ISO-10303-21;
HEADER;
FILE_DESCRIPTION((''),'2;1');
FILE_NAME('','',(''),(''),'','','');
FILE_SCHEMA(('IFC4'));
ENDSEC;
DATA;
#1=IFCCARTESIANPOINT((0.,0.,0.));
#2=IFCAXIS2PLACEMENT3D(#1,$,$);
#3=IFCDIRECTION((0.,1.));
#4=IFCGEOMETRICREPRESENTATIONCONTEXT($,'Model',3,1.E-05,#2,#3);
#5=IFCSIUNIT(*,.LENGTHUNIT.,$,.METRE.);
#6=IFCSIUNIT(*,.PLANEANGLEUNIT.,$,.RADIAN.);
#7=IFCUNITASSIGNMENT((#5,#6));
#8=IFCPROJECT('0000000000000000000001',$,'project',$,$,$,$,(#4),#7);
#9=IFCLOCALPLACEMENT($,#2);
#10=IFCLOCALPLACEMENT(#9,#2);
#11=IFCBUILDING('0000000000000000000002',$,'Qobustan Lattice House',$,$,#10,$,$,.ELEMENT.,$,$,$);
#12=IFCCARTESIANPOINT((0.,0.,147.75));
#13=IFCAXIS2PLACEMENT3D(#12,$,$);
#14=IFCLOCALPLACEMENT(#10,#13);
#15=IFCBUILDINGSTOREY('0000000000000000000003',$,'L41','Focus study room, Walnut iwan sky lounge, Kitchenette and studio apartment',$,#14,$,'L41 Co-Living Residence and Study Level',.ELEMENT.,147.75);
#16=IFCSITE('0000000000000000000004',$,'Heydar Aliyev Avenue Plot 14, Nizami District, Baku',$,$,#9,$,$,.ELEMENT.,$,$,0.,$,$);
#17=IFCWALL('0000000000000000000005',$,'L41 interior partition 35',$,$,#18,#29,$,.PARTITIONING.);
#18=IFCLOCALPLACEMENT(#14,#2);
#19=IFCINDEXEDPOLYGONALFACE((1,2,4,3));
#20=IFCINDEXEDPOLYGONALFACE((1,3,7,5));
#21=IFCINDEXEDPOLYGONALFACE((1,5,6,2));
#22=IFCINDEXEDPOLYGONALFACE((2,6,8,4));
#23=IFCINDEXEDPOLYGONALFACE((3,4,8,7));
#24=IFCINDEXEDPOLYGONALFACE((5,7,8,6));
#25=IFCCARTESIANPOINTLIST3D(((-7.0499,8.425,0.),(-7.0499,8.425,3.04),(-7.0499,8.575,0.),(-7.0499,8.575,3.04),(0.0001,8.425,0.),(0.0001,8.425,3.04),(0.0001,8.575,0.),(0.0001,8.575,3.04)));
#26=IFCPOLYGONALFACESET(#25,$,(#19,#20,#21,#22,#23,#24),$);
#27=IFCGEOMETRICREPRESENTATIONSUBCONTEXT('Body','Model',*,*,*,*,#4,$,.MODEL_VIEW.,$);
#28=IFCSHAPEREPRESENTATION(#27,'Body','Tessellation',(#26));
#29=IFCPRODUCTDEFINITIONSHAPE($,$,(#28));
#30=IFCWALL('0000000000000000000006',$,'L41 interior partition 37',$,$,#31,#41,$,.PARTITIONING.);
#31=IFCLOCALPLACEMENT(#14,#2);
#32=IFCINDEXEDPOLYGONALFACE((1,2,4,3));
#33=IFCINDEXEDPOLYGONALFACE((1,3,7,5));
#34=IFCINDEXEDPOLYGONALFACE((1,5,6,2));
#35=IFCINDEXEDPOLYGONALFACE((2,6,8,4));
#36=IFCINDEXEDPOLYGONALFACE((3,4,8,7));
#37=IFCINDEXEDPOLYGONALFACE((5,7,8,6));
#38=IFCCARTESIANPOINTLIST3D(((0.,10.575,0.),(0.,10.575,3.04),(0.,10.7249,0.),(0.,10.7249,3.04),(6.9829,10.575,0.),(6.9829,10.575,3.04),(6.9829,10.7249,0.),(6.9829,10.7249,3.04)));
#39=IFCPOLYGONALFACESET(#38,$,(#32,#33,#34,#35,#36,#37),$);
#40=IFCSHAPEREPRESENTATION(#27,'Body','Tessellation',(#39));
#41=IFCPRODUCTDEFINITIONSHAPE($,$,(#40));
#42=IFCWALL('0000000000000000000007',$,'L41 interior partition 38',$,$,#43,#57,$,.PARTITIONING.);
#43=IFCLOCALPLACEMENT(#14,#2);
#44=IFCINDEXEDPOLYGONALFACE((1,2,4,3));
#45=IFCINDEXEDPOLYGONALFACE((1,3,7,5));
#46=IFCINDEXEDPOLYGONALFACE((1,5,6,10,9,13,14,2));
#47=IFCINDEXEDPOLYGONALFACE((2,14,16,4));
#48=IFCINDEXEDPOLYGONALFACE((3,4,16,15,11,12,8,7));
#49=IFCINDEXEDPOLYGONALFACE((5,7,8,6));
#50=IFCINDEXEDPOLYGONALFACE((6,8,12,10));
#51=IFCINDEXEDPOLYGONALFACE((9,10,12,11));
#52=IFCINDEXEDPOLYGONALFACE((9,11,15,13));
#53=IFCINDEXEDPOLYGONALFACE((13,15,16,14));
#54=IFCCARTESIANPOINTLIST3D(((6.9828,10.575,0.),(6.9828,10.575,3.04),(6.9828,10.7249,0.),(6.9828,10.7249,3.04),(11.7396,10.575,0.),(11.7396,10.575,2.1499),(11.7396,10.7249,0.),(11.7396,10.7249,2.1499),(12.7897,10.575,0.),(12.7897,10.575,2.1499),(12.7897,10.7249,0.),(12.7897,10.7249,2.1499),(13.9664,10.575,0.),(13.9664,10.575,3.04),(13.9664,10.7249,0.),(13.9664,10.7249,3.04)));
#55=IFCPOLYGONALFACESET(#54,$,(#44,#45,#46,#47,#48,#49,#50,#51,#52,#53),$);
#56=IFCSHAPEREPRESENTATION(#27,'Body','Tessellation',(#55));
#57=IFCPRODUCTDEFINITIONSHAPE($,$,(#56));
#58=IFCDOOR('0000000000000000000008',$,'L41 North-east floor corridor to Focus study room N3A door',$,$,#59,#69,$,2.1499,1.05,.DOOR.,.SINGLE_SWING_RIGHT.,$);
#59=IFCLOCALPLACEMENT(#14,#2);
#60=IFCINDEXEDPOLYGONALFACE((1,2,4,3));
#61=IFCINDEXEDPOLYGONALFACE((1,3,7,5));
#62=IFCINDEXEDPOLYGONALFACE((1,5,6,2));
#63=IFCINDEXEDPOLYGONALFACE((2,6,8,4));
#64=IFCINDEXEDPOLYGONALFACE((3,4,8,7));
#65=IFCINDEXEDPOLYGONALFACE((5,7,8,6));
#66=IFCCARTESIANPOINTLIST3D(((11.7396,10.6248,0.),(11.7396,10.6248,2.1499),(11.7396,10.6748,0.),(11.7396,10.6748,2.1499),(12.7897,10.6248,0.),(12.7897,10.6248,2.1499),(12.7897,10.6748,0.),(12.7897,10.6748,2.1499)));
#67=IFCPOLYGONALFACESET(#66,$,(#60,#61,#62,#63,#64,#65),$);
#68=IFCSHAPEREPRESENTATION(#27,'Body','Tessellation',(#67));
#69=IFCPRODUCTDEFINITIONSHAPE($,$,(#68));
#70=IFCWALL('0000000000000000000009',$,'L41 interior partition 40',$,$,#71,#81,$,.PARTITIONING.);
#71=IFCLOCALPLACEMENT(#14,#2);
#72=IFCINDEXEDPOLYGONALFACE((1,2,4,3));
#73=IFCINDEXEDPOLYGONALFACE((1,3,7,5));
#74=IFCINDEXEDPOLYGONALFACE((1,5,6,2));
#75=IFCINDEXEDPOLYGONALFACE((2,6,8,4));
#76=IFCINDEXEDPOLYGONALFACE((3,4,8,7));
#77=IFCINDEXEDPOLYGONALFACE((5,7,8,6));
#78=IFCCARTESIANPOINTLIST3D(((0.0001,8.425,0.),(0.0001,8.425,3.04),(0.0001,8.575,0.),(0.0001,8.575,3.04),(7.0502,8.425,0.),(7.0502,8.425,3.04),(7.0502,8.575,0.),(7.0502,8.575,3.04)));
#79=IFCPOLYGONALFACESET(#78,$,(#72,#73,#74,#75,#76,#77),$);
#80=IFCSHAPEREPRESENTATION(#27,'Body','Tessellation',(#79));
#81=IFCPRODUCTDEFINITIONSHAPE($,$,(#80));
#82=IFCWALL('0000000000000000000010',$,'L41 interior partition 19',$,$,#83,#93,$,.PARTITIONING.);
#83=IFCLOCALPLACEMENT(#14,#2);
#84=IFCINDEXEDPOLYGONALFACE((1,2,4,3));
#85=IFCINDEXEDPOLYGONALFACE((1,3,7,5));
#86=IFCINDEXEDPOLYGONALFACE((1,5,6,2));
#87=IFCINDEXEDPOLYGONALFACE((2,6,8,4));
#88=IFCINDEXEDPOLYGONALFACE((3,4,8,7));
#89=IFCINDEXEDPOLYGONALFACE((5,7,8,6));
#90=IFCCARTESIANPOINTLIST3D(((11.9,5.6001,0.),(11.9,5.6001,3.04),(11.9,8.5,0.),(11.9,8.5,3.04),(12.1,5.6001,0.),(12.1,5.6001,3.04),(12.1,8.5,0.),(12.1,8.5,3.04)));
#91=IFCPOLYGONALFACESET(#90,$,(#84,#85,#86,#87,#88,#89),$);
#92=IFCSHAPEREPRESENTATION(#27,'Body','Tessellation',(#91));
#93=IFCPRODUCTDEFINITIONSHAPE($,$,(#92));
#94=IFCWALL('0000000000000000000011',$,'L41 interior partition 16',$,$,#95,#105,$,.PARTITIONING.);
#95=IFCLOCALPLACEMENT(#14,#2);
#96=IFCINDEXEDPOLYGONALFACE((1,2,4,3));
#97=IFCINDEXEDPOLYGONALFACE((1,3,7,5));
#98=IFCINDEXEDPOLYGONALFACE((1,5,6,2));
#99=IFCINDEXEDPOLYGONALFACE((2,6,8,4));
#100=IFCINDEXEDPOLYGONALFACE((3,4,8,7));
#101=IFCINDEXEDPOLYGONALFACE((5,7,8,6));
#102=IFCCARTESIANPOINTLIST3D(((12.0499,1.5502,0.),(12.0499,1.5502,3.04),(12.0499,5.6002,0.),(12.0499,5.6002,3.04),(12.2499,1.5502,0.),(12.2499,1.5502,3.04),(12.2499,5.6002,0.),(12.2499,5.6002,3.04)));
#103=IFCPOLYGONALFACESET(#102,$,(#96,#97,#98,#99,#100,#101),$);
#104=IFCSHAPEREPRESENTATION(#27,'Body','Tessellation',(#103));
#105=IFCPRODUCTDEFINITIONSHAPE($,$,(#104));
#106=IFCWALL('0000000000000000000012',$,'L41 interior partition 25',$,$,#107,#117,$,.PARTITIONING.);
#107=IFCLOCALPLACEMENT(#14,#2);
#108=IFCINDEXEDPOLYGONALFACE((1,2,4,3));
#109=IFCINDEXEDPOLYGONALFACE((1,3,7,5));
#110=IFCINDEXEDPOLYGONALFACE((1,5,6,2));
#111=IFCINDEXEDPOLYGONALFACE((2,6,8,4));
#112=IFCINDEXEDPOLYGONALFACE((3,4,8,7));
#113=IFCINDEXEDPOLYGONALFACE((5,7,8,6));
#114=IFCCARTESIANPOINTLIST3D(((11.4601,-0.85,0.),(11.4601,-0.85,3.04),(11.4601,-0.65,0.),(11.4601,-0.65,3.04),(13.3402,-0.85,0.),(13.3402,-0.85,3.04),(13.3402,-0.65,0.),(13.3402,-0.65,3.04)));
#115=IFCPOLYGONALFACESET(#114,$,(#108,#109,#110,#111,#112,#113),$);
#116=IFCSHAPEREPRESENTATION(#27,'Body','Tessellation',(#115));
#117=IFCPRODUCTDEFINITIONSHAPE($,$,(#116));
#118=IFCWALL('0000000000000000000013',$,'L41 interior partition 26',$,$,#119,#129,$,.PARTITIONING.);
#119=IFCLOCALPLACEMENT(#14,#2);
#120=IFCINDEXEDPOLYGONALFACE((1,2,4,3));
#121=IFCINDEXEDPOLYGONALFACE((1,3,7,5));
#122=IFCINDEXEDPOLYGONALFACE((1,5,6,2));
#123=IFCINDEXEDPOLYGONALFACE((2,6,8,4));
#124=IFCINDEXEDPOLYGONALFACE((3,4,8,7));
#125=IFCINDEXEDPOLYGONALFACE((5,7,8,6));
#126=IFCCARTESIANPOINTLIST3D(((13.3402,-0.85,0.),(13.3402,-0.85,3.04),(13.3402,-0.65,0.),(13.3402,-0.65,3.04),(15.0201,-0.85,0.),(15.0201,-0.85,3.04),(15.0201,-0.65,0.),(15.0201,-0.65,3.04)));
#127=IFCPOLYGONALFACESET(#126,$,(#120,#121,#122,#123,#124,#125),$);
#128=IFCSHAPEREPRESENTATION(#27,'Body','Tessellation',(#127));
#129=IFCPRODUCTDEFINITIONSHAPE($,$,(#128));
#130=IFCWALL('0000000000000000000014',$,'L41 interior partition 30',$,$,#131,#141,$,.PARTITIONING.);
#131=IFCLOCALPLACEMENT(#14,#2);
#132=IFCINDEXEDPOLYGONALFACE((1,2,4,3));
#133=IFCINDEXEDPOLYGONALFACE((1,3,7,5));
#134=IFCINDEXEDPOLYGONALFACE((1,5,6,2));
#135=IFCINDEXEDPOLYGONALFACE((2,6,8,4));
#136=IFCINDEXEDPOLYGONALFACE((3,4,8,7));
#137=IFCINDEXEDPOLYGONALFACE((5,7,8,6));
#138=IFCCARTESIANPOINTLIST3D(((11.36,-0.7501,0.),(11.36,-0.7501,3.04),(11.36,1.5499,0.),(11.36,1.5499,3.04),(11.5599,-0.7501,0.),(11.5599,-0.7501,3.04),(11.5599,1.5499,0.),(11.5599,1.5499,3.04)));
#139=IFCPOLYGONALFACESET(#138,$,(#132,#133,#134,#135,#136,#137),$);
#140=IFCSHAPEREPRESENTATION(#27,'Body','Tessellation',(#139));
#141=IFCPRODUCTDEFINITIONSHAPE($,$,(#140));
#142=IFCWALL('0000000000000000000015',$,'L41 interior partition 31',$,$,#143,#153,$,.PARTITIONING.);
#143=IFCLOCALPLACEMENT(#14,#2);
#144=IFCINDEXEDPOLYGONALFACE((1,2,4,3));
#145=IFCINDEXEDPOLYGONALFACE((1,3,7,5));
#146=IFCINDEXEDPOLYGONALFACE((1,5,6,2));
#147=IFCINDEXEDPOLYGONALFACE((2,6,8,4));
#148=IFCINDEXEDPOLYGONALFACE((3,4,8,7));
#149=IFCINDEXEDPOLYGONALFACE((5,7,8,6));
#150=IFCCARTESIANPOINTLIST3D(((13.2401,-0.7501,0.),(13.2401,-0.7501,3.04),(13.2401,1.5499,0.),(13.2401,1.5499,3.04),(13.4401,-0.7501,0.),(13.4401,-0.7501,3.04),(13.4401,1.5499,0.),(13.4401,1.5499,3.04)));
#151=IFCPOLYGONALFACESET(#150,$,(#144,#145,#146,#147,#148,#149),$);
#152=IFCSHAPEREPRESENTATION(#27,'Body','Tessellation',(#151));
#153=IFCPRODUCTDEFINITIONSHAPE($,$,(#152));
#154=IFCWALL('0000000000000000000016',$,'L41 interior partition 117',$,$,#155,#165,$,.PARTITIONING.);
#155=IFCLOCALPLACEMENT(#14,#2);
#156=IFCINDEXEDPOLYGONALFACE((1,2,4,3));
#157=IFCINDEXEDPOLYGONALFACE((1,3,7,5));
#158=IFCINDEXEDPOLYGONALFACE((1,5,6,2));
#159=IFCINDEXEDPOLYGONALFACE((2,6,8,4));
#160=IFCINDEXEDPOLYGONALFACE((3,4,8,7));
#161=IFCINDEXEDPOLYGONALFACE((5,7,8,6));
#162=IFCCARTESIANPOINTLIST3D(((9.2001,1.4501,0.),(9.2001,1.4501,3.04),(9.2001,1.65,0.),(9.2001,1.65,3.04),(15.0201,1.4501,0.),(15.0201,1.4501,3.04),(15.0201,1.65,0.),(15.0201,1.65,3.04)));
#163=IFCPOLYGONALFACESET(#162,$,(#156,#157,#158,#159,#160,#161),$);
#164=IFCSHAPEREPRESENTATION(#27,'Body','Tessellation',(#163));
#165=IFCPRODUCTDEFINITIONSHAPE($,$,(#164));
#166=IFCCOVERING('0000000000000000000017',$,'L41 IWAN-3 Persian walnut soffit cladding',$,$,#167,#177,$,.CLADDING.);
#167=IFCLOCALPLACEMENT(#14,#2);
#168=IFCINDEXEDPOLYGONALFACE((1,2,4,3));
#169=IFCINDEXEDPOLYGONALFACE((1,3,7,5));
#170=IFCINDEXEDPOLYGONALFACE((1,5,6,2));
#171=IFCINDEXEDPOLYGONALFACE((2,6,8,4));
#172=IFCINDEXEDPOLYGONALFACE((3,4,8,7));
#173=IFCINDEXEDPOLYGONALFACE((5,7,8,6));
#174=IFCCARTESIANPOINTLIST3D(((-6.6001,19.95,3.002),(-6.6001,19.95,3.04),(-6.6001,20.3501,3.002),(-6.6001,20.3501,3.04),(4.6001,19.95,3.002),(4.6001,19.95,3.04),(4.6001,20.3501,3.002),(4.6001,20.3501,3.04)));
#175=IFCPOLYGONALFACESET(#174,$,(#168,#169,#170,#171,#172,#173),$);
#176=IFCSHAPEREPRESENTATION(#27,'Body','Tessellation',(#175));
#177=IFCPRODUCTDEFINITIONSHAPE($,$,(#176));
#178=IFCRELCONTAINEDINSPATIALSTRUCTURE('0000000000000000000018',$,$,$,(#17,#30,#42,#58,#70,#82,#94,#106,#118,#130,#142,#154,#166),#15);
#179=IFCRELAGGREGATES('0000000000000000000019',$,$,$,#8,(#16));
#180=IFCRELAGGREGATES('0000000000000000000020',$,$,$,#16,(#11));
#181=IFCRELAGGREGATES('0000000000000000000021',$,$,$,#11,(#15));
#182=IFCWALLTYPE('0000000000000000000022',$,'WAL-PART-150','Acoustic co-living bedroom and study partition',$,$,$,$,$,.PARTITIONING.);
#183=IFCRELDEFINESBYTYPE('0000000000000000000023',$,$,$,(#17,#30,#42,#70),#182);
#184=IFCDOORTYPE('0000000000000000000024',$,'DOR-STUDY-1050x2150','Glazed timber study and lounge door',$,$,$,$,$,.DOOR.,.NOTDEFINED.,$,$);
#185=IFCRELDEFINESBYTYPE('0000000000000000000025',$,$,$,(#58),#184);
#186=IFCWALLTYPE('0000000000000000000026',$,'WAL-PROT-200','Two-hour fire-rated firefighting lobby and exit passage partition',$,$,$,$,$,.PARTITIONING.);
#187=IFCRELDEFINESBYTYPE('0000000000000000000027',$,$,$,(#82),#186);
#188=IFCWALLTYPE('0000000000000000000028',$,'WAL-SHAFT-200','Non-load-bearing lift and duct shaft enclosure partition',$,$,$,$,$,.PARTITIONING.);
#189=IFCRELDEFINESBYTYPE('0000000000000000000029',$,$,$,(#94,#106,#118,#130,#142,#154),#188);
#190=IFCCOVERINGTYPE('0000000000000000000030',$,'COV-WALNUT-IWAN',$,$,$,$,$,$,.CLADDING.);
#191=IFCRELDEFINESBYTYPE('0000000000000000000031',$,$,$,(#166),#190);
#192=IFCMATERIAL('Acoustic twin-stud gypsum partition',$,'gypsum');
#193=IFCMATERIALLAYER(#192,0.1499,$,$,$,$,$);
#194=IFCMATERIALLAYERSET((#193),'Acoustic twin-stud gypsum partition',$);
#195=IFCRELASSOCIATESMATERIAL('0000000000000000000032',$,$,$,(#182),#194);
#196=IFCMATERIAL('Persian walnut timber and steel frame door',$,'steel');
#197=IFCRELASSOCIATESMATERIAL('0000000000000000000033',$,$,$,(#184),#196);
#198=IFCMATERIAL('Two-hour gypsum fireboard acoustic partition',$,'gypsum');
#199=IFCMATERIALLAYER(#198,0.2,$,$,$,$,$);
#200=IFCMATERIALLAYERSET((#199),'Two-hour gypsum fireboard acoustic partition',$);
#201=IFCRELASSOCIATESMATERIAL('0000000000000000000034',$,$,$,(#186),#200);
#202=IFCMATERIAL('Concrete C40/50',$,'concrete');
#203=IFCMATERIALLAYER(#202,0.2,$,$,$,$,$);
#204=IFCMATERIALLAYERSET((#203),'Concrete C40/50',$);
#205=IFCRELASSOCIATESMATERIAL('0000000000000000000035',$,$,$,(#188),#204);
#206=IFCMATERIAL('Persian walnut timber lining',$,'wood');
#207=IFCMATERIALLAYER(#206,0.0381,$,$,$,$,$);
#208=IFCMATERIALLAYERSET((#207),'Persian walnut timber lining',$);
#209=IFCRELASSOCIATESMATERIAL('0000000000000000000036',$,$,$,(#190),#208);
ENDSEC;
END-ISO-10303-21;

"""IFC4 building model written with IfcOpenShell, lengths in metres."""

from ifc_helpers import new_model, si_unit, direction, frame, frame_2d, origin, place, context, subcontext, project, spatial, polyline, rectangle, outline, extrude, material, layer, layer_set, type_object, element, fill, save


model = new_model("IFC4")

# Units and contexts
model_context = context("Model", 3, precision=1e-05, world=origin(), true_north=direction((0.0, 1.0)))
body_context = subcontext(model_context, "Body", "Model", "MODEL_VIEW")
ifc_project = project(units=[si_unit("LENGTHUNIT", "METRE"), si_unit("PLANEANGLEUNIT", "RADIAN")], contexts=[model_context])

# Site, building, storey
site_placement = place(None, origin())
site = spatial("IfcSite", under=ifc_project, at=site_placement, Name="Heydar Aliyev Avenue Plot 14, Nizami District, Baku", CompositionType="ELEMENT", RefElevation=0.0)
building_placement = place(site_placement, origin())
building = spatial("IfcBuilding", under=site, at=building_placement, Name="Qobustan Lattice House", CompositionType="ELEMENT")
storey_placement = place(building_placement, frame((0.0, 0.0, 147.75)))
storey = spatial("IfcBuildingStorey", under=building, at=storey_placement, Name="L41", Description="Focus study room, Walnut iwan sky lounge, Kitchenette and studio apartment", LongName="L41 Co-Living Residence and Study Level", CompositionType="ELEMENT", Elevation=147.75)

# Walls
ifc_material_1 = material(Name="Acoustic twin-stud gypsum partition", Category="gypsum")
ifc_layer_1 = layer(ifc_material_1, 0.1499)
ifc_layer_set_1 = layer_set([ifc_layer_1], Name="Acoustic twin-stud gypsum partition")
wall_type_1 = type_object("IfcWallType", Name="WAL-PART-150", Description="Acoustic co-living bedroom and study partition", PredefinedType="PARTITIONING", material=ifc_layer_set_1)
wall_1_placement = place(storey_placement, frame((0.0, 8.5, 0.0), z_axis=(0.0, 0.0, 1.0), x_axis=(-1.0, 0.0, 0.0)))
element("IfcWall", 1, at=wall_1_placement, inside=storey, type_object=wall_type_1, Name="L41 interior partition 35", PredefinedType="PARTITIONING", context=body_context, shape_type="SweptSolid", body=[
    extrude(rectangle(XDim=7.05, YDim=0.1499, at=frame_2d((3.5249, 0.0))), origin(), (0.0, 0.0, 1.0), 3.04),
])
wall_2_placement = place(storey_placement, frame((0.0, 10.6499, 0.0), z_axis=(0.0, 0.0, 1.0), x_axis=(1.0, 0.0, 0.0)))
element("IfcWall", 2, at=wall_2_placement, inside=storey, type_object=wall_type_1, Name="L41 interior partition 37", PredefinedType="PARTITIONING", context=body_context, shape_type="SweptSolid", body=[
    extrude(rectangle(XDim=6.9829, YDim=0.1499, at=frame_2d((3.4915, 0.0))), origin(), (0.0, 0.0, 1.0), 3.04),
])

# Wall, opening, door
wall_3_placement = place(storey_placement, frame((6.9829, 10.6499, 0.0), z_axis=(0.0, 0.0, 1.0), x_axis=(1.0, 0.0, 0.0)))
wall_3 = element("IfcWall", 3, at=wall_3_placement, inside=storey, type_object=wall_type_1, Name="L41 interior partition 38", PredefinedType="PARTITIONING", context=body_context, shape_type="SweptSolid", body=[
    extrude(rectangle(XDim=6.9836, YDim=0.1499, at=frame_2d((3.4917, 0.0))), origin(), (0.0, 0.0, 1.0), 3.04),
])
opening_1_placement = place(wall_3_placement, frame((4.7568, 0.0, 0.0)))
opening_1 = element("IfcOpeningElement", 4, at=opening_1_placement, cuts=wall_3, PredefinedType="OPENING", context=body_context, shape_type="SweptSolid", body=[
    extrude(rectangle(XDim=1.05, YDim=2.1499, at=frame_2d((0.5249, 1.075))), frame((0.0, 0.085, 0.0), z_axis=(0.0, -1.0, 0.0), x_axis=(1.0, 0.0, 0.0)), (0.0, 0.0, 1.0), 0.1699),
])
ifc_material_2 = material(Name="Persian walnut timber and steel frame door", Category="steel")
door_type_1 = type_object("IfcDoorType", Name="DOR-STUDY-1050x2150", Description="Glazed timber study and lounge door", OperationType="NOTDEFINED", PredefinedType="DOOR", material=ifc_material_2)
door_1_placement = place(opening_1_placement, origin())
door_1 = element("IfcDoor", 5, at=door_1_placement, inside=storey, type_object=door_type_1, Name="L41 North-east floor corridor to Focus study room N3A door", OperationType="SINGLE_SWING_RIGHT", OverallHeight=2.1499, OverallWidth=1.05, PredefinedType="DOOR", context=body_context, shape_type="SweptSolid", body=[
    extrude(rectangle(XDim=1.05, YDim=2.1499, at=frame_2d((0.5249, 1.075))), frame((0.0, 0.0249, 0.0), z_axis=(0.0, -1.0, 0.0), x_axis=(1.0, 0.0, 0.0)), (0.0, 0.0, 1.0), 0.05),
])
fill(opening_1, door_1)

# Walls
wall_4_placement = place(storey_placement, frame((7.05, 8.5, 0.0), z_axis=(0.0, 0.0, 1.0), x_axis=(-1.0, 0.0, 0.0)))
element("IfcWall", 6, at=wall_4_placement, inside=storey, type_object=wall_type_1, Name="L41 interior partition 40", PredefinedType="PARTITIONING", context=body_context, shape_type="SweptSolid", body=[
    extrude(rectangle(XDim=7.05, YDim=0.1499, at=frame_2d((3.5249, 0.0))), origin(), (0.0, 0.0, 1.0), 3.04),
])
ifc_material_3 = material(Name="Two-hour gypsum fireboard acoustic partition", Category="gypsum")
ifc_layer_2 = layer(ifc_material_3, 0.2)
ifc_layer_set_2 = layer_set([ifc_layer_2], Name="Two-hour gypsum fireboard acoustic partition")
wall_type_2 = type_object("IfcWallType", Name="WAL-PROT-200", Description="Two-hour fire-rated firefighting lobby and exit passage partition", PredefinedType="PARTITIONING", material=ifc_layer_set_2)
wall_5_placement = place(storey_placement, frame((12.0, 8.5, 0.0), z_axis=(0.0, 0.0, 1.0), x_axis=(0.0, -1.0, 0.0)))
element("IfcWall", 7, at=wall_5_placement, inside=storey, type_object=wall_type_2, Name="L41 interior partition 19", PredefinedType="PARTITIONING", context=body_context, shape_type="SweptSolid", body=[
    extrude(rectangle(XDim=2.8999, YDim=0.2, at=frame_2d((1.45, 0.0))), origin(), (0.0, 0.0, 1.0), 3.04),
])
ifc_material_4 = material(Name="Concrete C40/50", Category="concrete")
ifc_layer_3 = layer(ifc_material_4, 0.2)
ifc_layer_set_3 = layer_set([ifc_layer_3], Name="Concrete C40/50")
wall_type_3 = type_object("IfcWallType", Name="WAL-SHAFT-200", Description="Non-load-bearing lift and duct shaft enclosure partition", PredefinedType="PARTITIONING", material=ifc_layer_set_3)
wall_6_placement = place(storey_placement, frame((12.1499, 5.6001, 0.0), z_axis=(0.0, 0.0, 1.0), x_axis=(0.0, -1.0, 0.0)))
element("IfcWall", 8, at=wall_6_placement, inside=storey, type_object=wall_type_3, Name="L41 interior partition 16", PredefinedType="PARTITIONING", context=body_context, shape_type="SweptSolid", body=[
    extrude(rectangle(XDim=4.05, YDim=0.2, at=frame_2d((2.0249, 0.0))), origin(), (0.0, 0.0, 1.0), 3.04),
])
wall_7_placement = place(storey_placement, frame((13.3401, -0.75, 0.0), z_axis=(0.0, 0.0, 1.0), x_axis=(-1.0, 0.0, 0.0)))
element("IfcWall", 9, at=wall_7_placement, inside=storey, type_object=wall_type_3, Name="L41 interior partition 25", PredefinedType="PARTITIONING", context=body_context, shape_type="SweptSolid", body=[
    extrude(rectangle(XDim=1.8801, YDim=0.2, at=frame_2d((0.9399, 0.0))), origin(), (0.0, 0.0, 1.0), 3.04),
])
wall_8_placement = place(storey_placement, frame((15.02, -0.75, 0.0), z_axis=(0.0, 0.0, 1.0), x_axis=(-1.0, 0.0, 0.0)))
element("IfcWall", 10, at=wall_8_placement, inside=storey, type_object=wall_type_3, Name="L41 interior partition 26", PredefinedType="PARTITIONING", context=body_context, shape_type="SweptSolid", body=[
    extrude(rectangle(XDim=1.6799, YDim=0.2, at=frame_2d((0.8398, 0.0))), origin(), (0.0, 0.0, 1.0), 3.04),
])
for number, where, z_axis, x_axis, name in (
    (11, (11.46, -0.75, 0.0), (0.0, 0.0, 1.0), (0.0, 1.0, 0.0), "L41 interior partition 30"),
    (12, (13.3401, -0.75, 0.0), (0.0, 0.0, 1.0), (0.0, 1.0, 0.0), "L41 interior partition 31"),
):
    element("IfcWall", number, at=place(storey_placement, frame(where, z_axis=z_axis, x_axis=x_axis)), inside=storey, type_object=wall_type_3, Name=name, PredefinedType="PARTITIONING", context=body_context, shape_type="SweptSolid", body=[
        extrude(rectangle(XDim=2.3, YDim=0.2, at=frame_2d((1.1499, 0.0))), origin(), (0.0, 0.0, 1.0), 3.04),
    ])
wall_9_placement = place(storey_placement, frame((9.2, 1.55, 0.0), z_axis=(0.0, 0.0, 1.0), x_axis=(1.0, 0.0, 0.0)))
element("IfcWall", 13, at=wall_9_placement, inside=storey, type_object=wall_type_3, Name="L41 interior partition 117", PredefinedType="PARTITIONING", context=body_context, shape_type="SweptSolid", body=[
    extrude(rectangle(XDim=5.8201, YDim=0.2, at=frame_2d((2.9102, 0.0))), origin(), (0.0, 0.0, 1.0), 3.04),
])

# Covering
ifc_material_5 = material(Name="Persian walnut timber lining", Category="wood")
ifc_layer_4 = layer(ifc_material_5, 0.0381)
ifc_layer_set_4 = layer_set([ifc_layer_4], Name="Persian walnut timber lining")
covering_type = type_object("IfcCoveringType", Name="COV-WALNUT-IWAN", PredefinedType="CLADDING", material=ifc_layer_set_4)
covering_placement = place(storey_placement, frame((0.0, 0.0, 3.002)))
element("IfcCovering", 14, at=covering_placement, inside=storey, type_object=covering_type, Name="L41 IWAN-3 Persian walnut soffit cladding", PredefinedType="CLADDING", context=body_context, shape_type="SweptSolid", body=[
    extrude(outline(polyline([(-6.6001, 20.3501), (4.6001, 20.3501), (4.6001, 19.95), (-6.6001, 19.95), (-6.6001, 20.3501)])), origin(), (0.0, 0.0, 1.0), 0.0381),
])

save(model, "model.ifc")
